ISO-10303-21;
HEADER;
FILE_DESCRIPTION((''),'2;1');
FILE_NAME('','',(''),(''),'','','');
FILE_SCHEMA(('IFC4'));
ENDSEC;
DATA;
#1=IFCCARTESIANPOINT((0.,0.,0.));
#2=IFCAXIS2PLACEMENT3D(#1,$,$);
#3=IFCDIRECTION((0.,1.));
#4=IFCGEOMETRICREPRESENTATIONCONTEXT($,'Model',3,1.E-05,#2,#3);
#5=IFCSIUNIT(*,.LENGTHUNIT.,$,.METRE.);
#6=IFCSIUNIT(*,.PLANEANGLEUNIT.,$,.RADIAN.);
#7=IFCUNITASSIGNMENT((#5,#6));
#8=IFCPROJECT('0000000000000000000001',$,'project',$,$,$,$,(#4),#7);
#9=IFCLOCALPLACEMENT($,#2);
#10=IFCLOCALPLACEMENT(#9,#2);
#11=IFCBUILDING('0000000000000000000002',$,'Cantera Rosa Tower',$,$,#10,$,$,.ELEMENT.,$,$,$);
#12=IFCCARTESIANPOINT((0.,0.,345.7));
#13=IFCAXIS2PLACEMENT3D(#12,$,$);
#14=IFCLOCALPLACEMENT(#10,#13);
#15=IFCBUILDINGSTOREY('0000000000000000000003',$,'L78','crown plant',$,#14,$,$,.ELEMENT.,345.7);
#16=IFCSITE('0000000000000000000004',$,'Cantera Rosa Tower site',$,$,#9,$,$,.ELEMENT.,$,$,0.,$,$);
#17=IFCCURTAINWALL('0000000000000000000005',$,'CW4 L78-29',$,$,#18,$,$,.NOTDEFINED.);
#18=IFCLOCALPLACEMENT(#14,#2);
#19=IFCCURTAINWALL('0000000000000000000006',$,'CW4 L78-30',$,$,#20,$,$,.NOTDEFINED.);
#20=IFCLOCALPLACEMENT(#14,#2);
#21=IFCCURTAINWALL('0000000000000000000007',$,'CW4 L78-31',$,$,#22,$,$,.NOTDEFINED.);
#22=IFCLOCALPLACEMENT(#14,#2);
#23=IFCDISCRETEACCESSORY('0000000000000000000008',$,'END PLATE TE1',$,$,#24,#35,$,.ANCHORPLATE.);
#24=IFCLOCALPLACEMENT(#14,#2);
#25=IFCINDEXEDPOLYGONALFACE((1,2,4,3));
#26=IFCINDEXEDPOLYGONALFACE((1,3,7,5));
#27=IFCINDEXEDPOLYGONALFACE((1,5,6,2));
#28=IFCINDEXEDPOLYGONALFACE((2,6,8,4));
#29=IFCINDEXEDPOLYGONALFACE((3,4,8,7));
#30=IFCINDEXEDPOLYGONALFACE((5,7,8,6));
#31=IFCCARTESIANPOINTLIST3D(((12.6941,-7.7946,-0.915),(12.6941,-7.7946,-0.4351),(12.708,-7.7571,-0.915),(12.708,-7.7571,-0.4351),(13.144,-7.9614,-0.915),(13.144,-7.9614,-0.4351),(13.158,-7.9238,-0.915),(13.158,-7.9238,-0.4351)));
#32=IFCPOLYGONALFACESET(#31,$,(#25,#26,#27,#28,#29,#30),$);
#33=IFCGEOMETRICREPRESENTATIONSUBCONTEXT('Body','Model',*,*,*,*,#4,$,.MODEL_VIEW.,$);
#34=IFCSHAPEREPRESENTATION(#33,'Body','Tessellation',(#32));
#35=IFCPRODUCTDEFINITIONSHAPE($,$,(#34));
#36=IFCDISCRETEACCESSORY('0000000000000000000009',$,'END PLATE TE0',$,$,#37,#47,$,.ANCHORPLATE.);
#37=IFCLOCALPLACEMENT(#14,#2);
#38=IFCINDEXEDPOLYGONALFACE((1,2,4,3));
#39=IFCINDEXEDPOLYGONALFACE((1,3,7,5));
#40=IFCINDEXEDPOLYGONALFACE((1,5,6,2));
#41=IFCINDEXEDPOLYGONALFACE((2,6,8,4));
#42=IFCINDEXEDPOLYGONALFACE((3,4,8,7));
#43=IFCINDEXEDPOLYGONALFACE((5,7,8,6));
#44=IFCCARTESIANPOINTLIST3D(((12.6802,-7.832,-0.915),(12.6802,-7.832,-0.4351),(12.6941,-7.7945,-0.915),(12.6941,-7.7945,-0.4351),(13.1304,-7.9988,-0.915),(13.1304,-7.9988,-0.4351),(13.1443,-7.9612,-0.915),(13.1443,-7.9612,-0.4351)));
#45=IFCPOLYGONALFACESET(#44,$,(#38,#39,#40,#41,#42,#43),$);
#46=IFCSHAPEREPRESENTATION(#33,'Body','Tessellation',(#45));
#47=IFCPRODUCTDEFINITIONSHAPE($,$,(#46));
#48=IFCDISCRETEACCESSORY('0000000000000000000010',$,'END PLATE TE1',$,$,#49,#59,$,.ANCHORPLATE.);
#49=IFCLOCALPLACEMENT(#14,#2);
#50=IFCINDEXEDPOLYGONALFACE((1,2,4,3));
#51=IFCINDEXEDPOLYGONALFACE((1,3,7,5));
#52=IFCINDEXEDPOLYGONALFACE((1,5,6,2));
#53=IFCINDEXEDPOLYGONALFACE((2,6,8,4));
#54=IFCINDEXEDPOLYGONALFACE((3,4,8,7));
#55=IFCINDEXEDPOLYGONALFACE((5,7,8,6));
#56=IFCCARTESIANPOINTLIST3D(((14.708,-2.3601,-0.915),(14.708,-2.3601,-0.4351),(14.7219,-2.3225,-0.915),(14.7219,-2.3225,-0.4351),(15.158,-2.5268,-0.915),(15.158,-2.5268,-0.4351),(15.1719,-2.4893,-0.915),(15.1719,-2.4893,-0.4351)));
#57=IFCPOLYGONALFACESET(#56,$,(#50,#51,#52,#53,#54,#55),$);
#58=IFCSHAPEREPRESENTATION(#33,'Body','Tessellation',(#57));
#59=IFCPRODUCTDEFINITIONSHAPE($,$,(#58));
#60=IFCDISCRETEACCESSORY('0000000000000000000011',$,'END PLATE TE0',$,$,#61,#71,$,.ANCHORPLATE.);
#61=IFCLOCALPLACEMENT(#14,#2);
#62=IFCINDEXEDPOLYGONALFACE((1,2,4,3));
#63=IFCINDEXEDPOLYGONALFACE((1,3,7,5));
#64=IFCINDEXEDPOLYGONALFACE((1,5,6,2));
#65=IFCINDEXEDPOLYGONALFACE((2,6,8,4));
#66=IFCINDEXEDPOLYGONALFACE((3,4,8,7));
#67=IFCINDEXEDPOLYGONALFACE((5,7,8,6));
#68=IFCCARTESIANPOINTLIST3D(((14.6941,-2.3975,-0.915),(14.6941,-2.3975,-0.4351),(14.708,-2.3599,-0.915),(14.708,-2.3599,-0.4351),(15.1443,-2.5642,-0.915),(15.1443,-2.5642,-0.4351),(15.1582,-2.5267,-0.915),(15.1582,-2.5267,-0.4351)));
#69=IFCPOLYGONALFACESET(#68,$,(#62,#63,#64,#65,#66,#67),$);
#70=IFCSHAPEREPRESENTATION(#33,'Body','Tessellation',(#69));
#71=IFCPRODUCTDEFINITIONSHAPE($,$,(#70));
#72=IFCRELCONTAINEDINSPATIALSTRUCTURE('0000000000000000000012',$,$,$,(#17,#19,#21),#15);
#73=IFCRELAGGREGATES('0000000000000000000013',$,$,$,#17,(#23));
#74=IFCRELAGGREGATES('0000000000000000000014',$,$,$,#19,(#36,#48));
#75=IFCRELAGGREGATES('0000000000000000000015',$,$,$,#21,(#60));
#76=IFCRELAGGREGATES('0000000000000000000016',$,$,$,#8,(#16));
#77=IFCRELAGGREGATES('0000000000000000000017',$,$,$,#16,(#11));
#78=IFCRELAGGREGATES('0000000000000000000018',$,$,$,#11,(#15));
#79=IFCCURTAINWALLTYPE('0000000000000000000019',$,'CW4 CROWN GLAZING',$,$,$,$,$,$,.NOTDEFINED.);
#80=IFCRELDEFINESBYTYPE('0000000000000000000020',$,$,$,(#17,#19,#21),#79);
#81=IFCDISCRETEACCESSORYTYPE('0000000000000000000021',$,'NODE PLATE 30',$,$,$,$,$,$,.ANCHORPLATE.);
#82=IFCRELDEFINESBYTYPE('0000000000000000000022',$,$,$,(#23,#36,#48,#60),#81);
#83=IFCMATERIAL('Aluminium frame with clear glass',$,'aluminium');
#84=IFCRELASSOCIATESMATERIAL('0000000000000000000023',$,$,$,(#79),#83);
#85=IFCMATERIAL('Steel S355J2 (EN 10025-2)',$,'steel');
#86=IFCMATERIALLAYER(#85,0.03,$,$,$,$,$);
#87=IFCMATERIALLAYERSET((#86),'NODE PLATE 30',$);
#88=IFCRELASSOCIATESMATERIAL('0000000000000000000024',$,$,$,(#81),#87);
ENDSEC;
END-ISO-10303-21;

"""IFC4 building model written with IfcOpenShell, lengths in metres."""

from ifc_helpers import new_model, si_unit, direction, frame, origin, place, context, subcontext, project, spatial, polyline, outline, extrude, material, layer, layer_set, type_object, element, aggregate, save


model = new_model("IFC4")

# Units and contexts
model_context = context("Model", 3, precision=1e-05, world=origin(), true_north=direction((0.0, 1.0)))
body_context = subcontext(model_context, "Body", "Model", "MODEL_VIEW")
ifc_project = project(units=[si_unit("LENGTHUNIT", "METRE"), si_unit("PLANEANGLEUNIT", "RADIAN")], contexts=[model_context])

# Site, building, storey
site_placement = place(None, origin())
site = spatial("IfcSite", under=ifc_project, at=site_placement, Name="Cantera Rosa Tower site", CompositionType="ELEMENT", RefElevation=0.0)
building_placement = place(site_placement, origin())
building = spatial("IfcBuilding", under=site, at=building_placement, Name="Cantera Rosa Tower", CompositionType="ELEMENT")
storey_placement = place(building_placement, frame((0.0, 0.0, 345.7)))
storey = spatial("IfcBuildingStorey", under=building, at=storey_placement, Name="L78", Description="crown plant", CompositionType="ELEMENT", Elevation=345.7)

# Curtain walls
ifc_material_1 = material(Name="Aluminium frame with clear glass", Category="aluminium")
curtain_wall_type = type_object("IfcCurtainWallType", Name="CW4 CROWN GLAZING", PredefinedType="NOTDEFINED", material=ifc_material_1)
curtain_wall_1_placement = place(storey_placement, origin())
curtain_wall_1 = element("IfcCurtainWall", 1, at=curtain_wall_1_placement, inside=storey, type_object=curtain_wall_type, Name="CW4 L78-29", PredefinedType="NOTDEFINED")
curtain_wall_2_placement = place(storey_placement, origin())
curtain_wall_2 = element("IfcCurtainWall", 2, at=curtain_wall_2_placement, inside=storey, type_object=curtain_wall_type, Name="CW4 L78-30", PredefinedType="NOTDEFINED")
curtain_wall_3_placement = place(storey_placement, origin())
curtain_wall_3 = element("IfcCurtainWall", 3, at=curtain_wall_3_placement, inside=storey, type_object=curtain_wall_type, Name="CW4 L78-31", PredefinedType="NOTDEFINED")

# Shared definitions
ifc_material_2 = material(Name="Steel S355J2 (EN 10025-2)", Category="steel")
ifc_layer_1 = layer(ifc_material_2, 0.03)
ifc_layer_set_1 = layer_set([ifc_layer_1], Name="NODE PLATE 30")
discrete_accessory_type = type_object("IfcDiscreteAccessoryType", Name="NODE PLATE 30", PredefinedType="ANCHORPLATE", material=ifc_layer_set_1)

# Discrete accessories
discrete_accessory_1_placement = place(storey_placement, frame((12.708, -7.7571, -0.4351), z_axis=(0.347497, 0.937681, 0.0), x_axis=(0.937681, -0.347497, 0.0)))
discrete_accessory_1 = element("IfcDiscreteAccessory", 4, at=discrete_accessory_1_placement, type_object=discrete_accessory_type, Name="END PLATE TE1", PredefinedType="ANCHORPLATE", context=body_context, shape_type="SweptSolid", body=[
    extrude(outline(polyline([(0.0, 0.0), (0.4799, 0.0), (0.4799, 0.48), (0.0, 0.48), (0.0, 0.0)])), origin(), (0.0, 0.0, -1.0), 0.04),
])
aggregate(curtain_wall_1, [discrete_accessory_1])
discrete_accessory_2_placement = place(storey_placement, frame((13.1304, -7.9988, -0.4351), z_axis=(-0.347331, -0.937743, 0.0), x_axis=(-0.937743, 0.347331, 0.0)))
discrete_accessory_2 = element("IfcDiscreteAccessory", 5, at=discrete_accessory_2_placement, type_object=discrete_accessory_type, Name="END PLATE TE0", PredefinedType="ANCHORPLATE", context=body_context, shape_type="SweptSolid", body=[
    extrude(outline(polyline([(0.0, 0.0), (0.4801, 0.0), (0.4801, 0.48), (0.0, 0.48), (0.0, 0.0)])), origin(), (0.0, 0.0, -1.0), 0.04),
])
discrete_accessory_3_placement = place(storey_placement, frame((14.7219, -2.3225, -0.4351), z_axis=(0.347497, 0.937681, 0.0), x_axis=(0.937681, -0.347497, 0.0)))
discrete_accessory_3 = element("IfcDiscreteAccessory", 6, at=discrete_accessory_3_placement, type_object=discrete_accessory_type, Name="END PLATE TE1", PredefinedType="ANCHORPLATE", context=body_context, shape_type="SweptSolid", body=[
    extrude(outline(polyline([(0.0, 0.0), (0.4799, 0.0), (0.4799, 0.48), (0.0, 0.48), (0.0, 0.0)])), origin(), (0.0, 0.0, -1.0), 0.04),
])
aggregate(curtain_wall_2, [discrete_accessory_2, discrete_accessory_3])
discrete_accessory_4_placement = place(storey_placement, frame((15.1443, -2.5642, -0.4351), z_axis=(-0.347331, -0.937743, 0.0), x_axis=(-0.937743, 0.347331, 0.0)))
discrete_accessory_4 = element("IfcDiscreteAccessory", 7, at=discrete_accessory_4_placement, type_object=discrete_accessory_type, Name="END PLATE TE0", PredefinedType="ANCHORPLATE", context=body_context, shape_type="SweptSolid", body=[
    extrude(outline(polyline([(0.0, 0.0), (0.4801, 0.0), (0.4801, 0.48), (0.0, 0.48), (0.0, 0.0)])), origin(), (0.0, 0.0, -1.0), 0.04),
])
aggregate(curtain_wall_3, [discrete_accessory_4])

save(model, "model.ifc")
